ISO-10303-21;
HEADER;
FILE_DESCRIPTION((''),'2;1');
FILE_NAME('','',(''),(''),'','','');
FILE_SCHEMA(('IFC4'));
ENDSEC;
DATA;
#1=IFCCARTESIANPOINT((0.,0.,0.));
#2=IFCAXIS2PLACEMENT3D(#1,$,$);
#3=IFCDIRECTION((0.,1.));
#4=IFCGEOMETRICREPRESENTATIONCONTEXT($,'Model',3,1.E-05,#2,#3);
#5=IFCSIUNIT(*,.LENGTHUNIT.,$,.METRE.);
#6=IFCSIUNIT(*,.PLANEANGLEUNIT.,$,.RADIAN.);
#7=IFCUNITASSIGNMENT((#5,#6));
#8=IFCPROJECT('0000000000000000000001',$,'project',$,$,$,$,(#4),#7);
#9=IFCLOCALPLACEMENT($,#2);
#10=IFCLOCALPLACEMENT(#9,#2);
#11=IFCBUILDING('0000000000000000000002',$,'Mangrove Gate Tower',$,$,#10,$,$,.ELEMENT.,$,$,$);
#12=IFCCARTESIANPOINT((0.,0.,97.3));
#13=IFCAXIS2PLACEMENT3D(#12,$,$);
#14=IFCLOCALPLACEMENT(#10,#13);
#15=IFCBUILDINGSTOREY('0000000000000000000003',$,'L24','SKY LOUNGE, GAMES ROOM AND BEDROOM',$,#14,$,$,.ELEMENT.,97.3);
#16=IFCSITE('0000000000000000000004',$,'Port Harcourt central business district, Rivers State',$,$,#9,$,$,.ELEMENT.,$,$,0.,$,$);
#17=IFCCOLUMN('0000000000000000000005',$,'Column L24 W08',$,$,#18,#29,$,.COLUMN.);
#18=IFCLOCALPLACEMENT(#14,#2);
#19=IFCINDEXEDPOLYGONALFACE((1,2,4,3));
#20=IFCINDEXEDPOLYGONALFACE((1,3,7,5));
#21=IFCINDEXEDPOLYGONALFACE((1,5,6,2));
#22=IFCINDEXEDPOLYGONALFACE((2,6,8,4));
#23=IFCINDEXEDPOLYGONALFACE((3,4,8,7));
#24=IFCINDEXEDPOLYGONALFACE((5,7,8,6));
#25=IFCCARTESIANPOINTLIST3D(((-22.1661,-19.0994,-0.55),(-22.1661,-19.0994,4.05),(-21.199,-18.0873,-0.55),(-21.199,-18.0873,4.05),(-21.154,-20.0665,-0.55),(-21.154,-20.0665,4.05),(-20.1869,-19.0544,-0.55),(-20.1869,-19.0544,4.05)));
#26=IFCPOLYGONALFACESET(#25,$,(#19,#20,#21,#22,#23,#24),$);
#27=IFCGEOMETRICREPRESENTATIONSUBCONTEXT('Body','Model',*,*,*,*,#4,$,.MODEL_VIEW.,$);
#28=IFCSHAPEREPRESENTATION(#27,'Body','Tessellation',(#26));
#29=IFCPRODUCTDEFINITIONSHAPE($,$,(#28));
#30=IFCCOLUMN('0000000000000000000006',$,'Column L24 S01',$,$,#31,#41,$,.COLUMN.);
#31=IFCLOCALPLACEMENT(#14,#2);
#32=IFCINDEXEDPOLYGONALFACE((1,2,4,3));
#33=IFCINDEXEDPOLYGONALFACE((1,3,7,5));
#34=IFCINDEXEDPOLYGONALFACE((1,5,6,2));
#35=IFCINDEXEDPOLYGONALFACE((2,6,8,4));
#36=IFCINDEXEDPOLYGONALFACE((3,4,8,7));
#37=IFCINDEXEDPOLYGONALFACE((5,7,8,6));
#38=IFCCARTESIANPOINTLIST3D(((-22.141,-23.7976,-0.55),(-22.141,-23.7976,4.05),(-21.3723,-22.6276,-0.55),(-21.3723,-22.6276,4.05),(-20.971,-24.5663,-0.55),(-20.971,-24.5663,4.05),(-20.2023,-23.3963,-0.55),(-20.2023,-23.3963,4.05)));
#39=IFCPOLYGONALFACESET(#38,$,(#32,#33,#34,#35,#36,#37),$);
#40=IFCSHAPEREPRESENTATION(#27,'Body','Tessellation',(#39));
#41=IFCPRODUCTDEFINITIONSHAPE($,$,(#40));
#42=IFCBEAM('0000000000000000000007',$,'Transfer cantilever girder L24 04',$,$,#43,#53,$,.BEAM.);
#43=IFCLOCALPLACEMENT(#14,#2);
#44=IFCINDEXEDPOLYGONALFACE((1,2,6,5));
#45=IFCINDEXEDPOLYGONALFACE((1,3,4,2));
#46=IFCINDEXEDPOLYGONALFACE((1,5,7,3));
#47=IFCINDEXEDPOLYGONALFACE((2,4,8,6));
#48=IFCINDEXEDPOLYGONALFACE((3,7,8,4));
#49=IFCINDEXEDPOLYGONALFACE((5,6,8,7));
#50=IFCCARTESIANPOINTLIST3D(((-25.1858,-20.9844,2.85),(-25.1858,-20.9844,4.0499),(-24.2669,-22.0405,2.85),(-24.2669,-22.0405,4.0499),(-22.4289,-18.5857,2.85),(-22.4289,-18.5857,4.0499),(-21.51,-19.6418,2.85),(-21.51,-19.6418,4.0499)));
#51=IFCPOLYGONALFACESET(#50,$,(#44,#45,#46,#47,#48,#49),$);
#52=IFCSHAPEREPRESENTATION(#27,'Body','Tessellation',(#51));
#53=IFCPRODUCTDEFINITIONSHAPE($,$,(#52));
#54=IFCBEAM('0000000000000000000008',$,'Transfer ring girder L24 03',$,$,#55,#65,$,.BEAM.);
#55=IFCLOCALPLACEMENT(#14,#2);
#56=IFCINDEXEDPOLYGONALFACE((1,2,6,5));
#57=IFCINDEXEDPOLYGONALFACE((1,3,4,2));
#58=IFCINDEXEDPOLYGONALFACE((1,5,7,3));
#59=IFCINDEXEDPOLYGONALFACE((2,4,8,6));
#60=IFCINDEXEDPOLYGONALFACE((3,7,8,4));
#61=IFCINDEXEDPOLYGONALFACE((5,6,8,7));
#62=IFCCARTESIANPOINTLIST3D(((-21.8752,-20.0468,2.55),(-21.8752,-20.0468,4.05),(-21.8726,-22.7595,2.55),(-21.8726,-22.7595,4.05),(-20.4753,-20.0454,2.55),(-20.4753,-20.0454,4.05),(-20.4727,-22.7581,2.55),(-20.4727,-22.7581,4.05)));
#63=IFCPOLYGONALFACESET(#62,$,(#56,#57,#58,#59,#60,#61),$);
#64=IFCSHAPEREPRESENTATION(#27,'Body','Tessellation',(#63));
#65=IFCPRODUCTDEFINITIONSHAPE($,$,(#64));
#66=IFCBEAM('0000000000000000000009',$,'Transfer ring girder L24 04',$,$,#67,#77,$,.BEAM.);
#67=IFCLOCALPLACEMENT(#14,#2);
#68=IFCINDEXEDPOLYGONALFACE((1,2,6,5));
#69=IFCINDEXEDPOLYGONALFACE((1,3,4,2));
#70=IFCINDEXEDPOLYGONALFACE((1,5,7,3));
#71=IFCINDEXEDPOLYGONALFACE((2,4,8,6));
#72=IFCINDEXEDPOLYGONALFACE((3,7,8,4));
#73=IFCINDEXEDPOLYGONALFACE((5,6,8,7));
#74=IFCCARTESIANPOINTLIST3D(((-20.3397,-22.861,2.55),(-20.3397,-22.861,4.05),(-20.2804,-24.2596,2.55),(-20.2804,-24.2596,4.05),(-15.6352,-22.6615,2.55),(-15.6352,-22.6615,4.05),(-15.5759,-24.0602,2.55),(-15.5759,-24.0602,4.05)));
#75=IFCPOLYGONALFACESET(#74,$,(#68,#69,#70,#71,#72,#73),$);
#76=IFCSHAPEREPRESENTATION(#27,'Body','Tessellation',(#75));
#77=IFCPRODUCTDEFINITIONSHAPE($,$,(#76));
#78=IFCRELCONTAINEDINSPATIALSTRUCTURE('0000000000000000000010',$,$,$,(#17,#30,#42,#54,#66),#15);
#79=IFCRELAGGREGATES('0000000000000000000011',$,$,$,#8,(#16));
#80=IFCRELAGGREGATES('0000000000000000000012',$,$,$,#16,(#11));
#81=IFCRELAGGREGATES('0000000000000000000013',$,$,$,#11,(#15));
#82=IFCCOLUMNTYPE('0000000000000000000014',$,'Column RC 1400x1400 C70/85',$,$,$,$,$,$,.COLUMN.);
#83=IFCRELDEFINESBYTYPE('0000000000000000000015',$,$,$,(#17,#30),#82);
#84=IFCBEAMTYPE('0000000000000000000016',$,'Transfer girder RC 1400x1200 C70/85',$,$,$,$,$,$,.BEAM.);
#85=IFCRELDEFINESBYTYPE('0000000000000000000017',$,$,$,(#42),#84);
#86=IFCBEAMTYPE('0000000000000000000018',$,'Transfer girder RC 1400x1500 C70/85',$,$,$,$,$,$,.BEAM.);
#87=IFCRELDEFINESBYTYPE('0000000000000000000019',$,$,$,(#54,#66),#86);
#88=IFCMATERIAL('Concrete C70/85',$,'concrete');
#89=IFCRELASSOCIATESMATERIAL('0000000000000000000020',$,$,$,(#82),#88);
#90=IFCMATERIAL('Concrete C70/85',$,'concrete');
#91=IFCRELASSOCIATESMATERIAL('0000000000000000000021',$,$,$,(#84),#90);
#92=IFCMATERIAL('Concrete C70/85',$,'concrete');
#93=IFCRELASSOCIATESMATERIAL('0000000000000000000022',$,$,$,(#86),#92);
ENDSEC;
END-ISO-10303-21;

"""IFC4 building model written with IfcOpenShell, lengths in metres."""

from ifc_helpers import new_model, si_unit, direction, frame, origin, origin_2d, place, context, subcontext, project, spatial, rectangle, extrude, material, material_profile, profile_set, type_object, element, save


model = new_model("IFC4")

# Units and contexts
model_context = context("Model", 3, precision=1e-05, world=origin(), true_north=direction((0.0, 1.0)))
body_context = subcontext(model_context, "Body", "Model", "MODEL_VIEW")
ifc_project = project(units=[si_unit("LENGTHUNIT", "METRE"), si_unit("PLANEANGLEUNIT", "RADIAN")], contexts=[model_context])

# Site, building, storey
site_placement = place(None, origin())
site = spatial("IfcSite", under=ifc_project, at=site_placement, Name="Port Harcourt central business district, Rivers State", CompositionType="ELEMENT", RefElevation=0.0)
building_placement = place(site_placement, origin())
building = spatial("IfcBuilding", under=site, at=building_placement, Name="Mangrove Gate Tower", CompositionType="ELEMENT")
storey_placement = place(building_placement, frame((0.0, 0.0, 97.3)))
storey = spatial("IfcBuildingStorey", under=building, at=storey_placement, Name="L24", Description="SKY LOUNGE, GAMES ROOM AND BEDROOM", CompositionType="ELEMENT", Elevation=97.3)

# Columns
ifc_material_1 = material(Name="Concrete C70/85", Category="concrete")
ifc_material_profile_1 = material_profile(ifc_material_1, rectangle(XDim=1.3999, YDim=1.3999, at=origin_2d()))
ifc_profile_set_1 = profile_set([ifc_material_profile_1], Name="Concrete C70/85")
column_type = type_object("IfcColumnType", Name="Column RC 1400x1400 C70/85", PredefinedType="COLUMN", material=ifc_profile_set_1)
for number, where, z_axis, x_axis, name in (
    (1, (-21.1765, -19.0769, -0.55), (0.0, 0.0, 1.0), (0.722989, -0.69086, 0.0), "Column L24 W08"),
    (2, (-21.1716, -23.5969, -0.55), (0.0, 0.0, 1.0), (0.835754, -0.549104, 0.0), "Column L24 S01"),
):
    element("IfcColumn", number, at=place(storey_placement, frame(where, z_axis=z_axis, x_axis=x_axis)), inside=storey, type_object=column_type, Name=name, PredefinedType="COLUMN", context=body_context, shape_type="SweptSolid", body=[
        extrude(rectangle(XDim=1.3999, YDim=1.3999, at=origin_2d()), origin(), (0.0, 0.0, 1.0), 4.6001),
    ])

# Beams
ifc_material_2 = material(Name="Concrete C70/85", Category="concrete")
ifc_material_profile_2 = material_profile(ifc_material_2, rectangle(XDim=1.3999, YDim=1.2, at=origin_2d()))
ifc_profile_set_2 = profile_set([ifc_material_profile_2], Name="Concrete C70/85")
beam_type_1 = type_object("IfcBeamType", Name="Transfer girder RC 1400x1200 C70/85", PredefinedType="BEAM", material=ifc_profile_set_2)
beam_1_placement = place(storey_placement, frame((-21.9695, -19.1138, 3.45), z_axis=(-0.754411, -0.656402, 0.0), x_axis=(0.656402, -0.754411, 0.0)))
element("IfcBeam", 3, at=beam_1_placement, inside=storey, type_object=beam_type_1, Name="Transfer cantilever girder L24 04", PredefinedType="BEAM", context=body_context, shape_type="SweptSolid", body=[
    extrude(rectangle(XDim=1.3999, YDim=1.2, at=origin_2d()), origin(), (0.0, 0.0, 1.0), 3.6543),
])
ifc_material_3 = material(Name="Concrete C70/85", Category="concrete")
ifc_material_profile_3 = material_profile(ifc_material_3, rectangle(XDim=1.3999, YDim=1.5, at=origin_2d()))
ifc_profile_set_3 = profile_set([ifc_material_profile_3], Name="Concrete C70/85")
beam_type_2 = type_object("IfcBeamType", Name="Transfer girder RC 1400x1500 C70/85", PredefinedType="BEAM", material=ifc_profile_set_3)
beam_2_placement = place(storey_placement, frame((-21.1753, -20.0461, 3.3), z_axis=(0.00099, -1.0, 0.0), x_axis=(1.0, 0.00099, 0.0)))
element("IfcBeam", 4, at=beam_2_placement, inside=storey, type_object=beam_type_2, Name="Transfer ring girder L24 03", PredefinedType="BEAM", context=body_context, shape_type="SweptSolid", body=[
    extrude(rectangle(XDim=1.3999, YDim=1.5, at=origin_2d()), origin(), (0.0, 0.0, 1.0), 2.7126),
])
beam_3_placement = place(storey_placement, frame((-20.3101, -23.5603, 3.3), z_axis=(0.999102, 0.042359, 0.0), x_axis=(-0.042359, 0.999102, 0.0)))
element("IfcBeam", 5, at=beam_3_placement, inside=storey, type_object=beam_type_2, Name="Transfer ring girder L24 04", PredefinedType="BEAM", context=body_context, shape_type="SweptSolid", body=[
    extrude(rectangle(XDim=1.3999, YDim=1.5, at=origin_2d()), origin(), (0.0, 0.0, 1.0), 4.7087),
])

save(model, "model.ifc")
